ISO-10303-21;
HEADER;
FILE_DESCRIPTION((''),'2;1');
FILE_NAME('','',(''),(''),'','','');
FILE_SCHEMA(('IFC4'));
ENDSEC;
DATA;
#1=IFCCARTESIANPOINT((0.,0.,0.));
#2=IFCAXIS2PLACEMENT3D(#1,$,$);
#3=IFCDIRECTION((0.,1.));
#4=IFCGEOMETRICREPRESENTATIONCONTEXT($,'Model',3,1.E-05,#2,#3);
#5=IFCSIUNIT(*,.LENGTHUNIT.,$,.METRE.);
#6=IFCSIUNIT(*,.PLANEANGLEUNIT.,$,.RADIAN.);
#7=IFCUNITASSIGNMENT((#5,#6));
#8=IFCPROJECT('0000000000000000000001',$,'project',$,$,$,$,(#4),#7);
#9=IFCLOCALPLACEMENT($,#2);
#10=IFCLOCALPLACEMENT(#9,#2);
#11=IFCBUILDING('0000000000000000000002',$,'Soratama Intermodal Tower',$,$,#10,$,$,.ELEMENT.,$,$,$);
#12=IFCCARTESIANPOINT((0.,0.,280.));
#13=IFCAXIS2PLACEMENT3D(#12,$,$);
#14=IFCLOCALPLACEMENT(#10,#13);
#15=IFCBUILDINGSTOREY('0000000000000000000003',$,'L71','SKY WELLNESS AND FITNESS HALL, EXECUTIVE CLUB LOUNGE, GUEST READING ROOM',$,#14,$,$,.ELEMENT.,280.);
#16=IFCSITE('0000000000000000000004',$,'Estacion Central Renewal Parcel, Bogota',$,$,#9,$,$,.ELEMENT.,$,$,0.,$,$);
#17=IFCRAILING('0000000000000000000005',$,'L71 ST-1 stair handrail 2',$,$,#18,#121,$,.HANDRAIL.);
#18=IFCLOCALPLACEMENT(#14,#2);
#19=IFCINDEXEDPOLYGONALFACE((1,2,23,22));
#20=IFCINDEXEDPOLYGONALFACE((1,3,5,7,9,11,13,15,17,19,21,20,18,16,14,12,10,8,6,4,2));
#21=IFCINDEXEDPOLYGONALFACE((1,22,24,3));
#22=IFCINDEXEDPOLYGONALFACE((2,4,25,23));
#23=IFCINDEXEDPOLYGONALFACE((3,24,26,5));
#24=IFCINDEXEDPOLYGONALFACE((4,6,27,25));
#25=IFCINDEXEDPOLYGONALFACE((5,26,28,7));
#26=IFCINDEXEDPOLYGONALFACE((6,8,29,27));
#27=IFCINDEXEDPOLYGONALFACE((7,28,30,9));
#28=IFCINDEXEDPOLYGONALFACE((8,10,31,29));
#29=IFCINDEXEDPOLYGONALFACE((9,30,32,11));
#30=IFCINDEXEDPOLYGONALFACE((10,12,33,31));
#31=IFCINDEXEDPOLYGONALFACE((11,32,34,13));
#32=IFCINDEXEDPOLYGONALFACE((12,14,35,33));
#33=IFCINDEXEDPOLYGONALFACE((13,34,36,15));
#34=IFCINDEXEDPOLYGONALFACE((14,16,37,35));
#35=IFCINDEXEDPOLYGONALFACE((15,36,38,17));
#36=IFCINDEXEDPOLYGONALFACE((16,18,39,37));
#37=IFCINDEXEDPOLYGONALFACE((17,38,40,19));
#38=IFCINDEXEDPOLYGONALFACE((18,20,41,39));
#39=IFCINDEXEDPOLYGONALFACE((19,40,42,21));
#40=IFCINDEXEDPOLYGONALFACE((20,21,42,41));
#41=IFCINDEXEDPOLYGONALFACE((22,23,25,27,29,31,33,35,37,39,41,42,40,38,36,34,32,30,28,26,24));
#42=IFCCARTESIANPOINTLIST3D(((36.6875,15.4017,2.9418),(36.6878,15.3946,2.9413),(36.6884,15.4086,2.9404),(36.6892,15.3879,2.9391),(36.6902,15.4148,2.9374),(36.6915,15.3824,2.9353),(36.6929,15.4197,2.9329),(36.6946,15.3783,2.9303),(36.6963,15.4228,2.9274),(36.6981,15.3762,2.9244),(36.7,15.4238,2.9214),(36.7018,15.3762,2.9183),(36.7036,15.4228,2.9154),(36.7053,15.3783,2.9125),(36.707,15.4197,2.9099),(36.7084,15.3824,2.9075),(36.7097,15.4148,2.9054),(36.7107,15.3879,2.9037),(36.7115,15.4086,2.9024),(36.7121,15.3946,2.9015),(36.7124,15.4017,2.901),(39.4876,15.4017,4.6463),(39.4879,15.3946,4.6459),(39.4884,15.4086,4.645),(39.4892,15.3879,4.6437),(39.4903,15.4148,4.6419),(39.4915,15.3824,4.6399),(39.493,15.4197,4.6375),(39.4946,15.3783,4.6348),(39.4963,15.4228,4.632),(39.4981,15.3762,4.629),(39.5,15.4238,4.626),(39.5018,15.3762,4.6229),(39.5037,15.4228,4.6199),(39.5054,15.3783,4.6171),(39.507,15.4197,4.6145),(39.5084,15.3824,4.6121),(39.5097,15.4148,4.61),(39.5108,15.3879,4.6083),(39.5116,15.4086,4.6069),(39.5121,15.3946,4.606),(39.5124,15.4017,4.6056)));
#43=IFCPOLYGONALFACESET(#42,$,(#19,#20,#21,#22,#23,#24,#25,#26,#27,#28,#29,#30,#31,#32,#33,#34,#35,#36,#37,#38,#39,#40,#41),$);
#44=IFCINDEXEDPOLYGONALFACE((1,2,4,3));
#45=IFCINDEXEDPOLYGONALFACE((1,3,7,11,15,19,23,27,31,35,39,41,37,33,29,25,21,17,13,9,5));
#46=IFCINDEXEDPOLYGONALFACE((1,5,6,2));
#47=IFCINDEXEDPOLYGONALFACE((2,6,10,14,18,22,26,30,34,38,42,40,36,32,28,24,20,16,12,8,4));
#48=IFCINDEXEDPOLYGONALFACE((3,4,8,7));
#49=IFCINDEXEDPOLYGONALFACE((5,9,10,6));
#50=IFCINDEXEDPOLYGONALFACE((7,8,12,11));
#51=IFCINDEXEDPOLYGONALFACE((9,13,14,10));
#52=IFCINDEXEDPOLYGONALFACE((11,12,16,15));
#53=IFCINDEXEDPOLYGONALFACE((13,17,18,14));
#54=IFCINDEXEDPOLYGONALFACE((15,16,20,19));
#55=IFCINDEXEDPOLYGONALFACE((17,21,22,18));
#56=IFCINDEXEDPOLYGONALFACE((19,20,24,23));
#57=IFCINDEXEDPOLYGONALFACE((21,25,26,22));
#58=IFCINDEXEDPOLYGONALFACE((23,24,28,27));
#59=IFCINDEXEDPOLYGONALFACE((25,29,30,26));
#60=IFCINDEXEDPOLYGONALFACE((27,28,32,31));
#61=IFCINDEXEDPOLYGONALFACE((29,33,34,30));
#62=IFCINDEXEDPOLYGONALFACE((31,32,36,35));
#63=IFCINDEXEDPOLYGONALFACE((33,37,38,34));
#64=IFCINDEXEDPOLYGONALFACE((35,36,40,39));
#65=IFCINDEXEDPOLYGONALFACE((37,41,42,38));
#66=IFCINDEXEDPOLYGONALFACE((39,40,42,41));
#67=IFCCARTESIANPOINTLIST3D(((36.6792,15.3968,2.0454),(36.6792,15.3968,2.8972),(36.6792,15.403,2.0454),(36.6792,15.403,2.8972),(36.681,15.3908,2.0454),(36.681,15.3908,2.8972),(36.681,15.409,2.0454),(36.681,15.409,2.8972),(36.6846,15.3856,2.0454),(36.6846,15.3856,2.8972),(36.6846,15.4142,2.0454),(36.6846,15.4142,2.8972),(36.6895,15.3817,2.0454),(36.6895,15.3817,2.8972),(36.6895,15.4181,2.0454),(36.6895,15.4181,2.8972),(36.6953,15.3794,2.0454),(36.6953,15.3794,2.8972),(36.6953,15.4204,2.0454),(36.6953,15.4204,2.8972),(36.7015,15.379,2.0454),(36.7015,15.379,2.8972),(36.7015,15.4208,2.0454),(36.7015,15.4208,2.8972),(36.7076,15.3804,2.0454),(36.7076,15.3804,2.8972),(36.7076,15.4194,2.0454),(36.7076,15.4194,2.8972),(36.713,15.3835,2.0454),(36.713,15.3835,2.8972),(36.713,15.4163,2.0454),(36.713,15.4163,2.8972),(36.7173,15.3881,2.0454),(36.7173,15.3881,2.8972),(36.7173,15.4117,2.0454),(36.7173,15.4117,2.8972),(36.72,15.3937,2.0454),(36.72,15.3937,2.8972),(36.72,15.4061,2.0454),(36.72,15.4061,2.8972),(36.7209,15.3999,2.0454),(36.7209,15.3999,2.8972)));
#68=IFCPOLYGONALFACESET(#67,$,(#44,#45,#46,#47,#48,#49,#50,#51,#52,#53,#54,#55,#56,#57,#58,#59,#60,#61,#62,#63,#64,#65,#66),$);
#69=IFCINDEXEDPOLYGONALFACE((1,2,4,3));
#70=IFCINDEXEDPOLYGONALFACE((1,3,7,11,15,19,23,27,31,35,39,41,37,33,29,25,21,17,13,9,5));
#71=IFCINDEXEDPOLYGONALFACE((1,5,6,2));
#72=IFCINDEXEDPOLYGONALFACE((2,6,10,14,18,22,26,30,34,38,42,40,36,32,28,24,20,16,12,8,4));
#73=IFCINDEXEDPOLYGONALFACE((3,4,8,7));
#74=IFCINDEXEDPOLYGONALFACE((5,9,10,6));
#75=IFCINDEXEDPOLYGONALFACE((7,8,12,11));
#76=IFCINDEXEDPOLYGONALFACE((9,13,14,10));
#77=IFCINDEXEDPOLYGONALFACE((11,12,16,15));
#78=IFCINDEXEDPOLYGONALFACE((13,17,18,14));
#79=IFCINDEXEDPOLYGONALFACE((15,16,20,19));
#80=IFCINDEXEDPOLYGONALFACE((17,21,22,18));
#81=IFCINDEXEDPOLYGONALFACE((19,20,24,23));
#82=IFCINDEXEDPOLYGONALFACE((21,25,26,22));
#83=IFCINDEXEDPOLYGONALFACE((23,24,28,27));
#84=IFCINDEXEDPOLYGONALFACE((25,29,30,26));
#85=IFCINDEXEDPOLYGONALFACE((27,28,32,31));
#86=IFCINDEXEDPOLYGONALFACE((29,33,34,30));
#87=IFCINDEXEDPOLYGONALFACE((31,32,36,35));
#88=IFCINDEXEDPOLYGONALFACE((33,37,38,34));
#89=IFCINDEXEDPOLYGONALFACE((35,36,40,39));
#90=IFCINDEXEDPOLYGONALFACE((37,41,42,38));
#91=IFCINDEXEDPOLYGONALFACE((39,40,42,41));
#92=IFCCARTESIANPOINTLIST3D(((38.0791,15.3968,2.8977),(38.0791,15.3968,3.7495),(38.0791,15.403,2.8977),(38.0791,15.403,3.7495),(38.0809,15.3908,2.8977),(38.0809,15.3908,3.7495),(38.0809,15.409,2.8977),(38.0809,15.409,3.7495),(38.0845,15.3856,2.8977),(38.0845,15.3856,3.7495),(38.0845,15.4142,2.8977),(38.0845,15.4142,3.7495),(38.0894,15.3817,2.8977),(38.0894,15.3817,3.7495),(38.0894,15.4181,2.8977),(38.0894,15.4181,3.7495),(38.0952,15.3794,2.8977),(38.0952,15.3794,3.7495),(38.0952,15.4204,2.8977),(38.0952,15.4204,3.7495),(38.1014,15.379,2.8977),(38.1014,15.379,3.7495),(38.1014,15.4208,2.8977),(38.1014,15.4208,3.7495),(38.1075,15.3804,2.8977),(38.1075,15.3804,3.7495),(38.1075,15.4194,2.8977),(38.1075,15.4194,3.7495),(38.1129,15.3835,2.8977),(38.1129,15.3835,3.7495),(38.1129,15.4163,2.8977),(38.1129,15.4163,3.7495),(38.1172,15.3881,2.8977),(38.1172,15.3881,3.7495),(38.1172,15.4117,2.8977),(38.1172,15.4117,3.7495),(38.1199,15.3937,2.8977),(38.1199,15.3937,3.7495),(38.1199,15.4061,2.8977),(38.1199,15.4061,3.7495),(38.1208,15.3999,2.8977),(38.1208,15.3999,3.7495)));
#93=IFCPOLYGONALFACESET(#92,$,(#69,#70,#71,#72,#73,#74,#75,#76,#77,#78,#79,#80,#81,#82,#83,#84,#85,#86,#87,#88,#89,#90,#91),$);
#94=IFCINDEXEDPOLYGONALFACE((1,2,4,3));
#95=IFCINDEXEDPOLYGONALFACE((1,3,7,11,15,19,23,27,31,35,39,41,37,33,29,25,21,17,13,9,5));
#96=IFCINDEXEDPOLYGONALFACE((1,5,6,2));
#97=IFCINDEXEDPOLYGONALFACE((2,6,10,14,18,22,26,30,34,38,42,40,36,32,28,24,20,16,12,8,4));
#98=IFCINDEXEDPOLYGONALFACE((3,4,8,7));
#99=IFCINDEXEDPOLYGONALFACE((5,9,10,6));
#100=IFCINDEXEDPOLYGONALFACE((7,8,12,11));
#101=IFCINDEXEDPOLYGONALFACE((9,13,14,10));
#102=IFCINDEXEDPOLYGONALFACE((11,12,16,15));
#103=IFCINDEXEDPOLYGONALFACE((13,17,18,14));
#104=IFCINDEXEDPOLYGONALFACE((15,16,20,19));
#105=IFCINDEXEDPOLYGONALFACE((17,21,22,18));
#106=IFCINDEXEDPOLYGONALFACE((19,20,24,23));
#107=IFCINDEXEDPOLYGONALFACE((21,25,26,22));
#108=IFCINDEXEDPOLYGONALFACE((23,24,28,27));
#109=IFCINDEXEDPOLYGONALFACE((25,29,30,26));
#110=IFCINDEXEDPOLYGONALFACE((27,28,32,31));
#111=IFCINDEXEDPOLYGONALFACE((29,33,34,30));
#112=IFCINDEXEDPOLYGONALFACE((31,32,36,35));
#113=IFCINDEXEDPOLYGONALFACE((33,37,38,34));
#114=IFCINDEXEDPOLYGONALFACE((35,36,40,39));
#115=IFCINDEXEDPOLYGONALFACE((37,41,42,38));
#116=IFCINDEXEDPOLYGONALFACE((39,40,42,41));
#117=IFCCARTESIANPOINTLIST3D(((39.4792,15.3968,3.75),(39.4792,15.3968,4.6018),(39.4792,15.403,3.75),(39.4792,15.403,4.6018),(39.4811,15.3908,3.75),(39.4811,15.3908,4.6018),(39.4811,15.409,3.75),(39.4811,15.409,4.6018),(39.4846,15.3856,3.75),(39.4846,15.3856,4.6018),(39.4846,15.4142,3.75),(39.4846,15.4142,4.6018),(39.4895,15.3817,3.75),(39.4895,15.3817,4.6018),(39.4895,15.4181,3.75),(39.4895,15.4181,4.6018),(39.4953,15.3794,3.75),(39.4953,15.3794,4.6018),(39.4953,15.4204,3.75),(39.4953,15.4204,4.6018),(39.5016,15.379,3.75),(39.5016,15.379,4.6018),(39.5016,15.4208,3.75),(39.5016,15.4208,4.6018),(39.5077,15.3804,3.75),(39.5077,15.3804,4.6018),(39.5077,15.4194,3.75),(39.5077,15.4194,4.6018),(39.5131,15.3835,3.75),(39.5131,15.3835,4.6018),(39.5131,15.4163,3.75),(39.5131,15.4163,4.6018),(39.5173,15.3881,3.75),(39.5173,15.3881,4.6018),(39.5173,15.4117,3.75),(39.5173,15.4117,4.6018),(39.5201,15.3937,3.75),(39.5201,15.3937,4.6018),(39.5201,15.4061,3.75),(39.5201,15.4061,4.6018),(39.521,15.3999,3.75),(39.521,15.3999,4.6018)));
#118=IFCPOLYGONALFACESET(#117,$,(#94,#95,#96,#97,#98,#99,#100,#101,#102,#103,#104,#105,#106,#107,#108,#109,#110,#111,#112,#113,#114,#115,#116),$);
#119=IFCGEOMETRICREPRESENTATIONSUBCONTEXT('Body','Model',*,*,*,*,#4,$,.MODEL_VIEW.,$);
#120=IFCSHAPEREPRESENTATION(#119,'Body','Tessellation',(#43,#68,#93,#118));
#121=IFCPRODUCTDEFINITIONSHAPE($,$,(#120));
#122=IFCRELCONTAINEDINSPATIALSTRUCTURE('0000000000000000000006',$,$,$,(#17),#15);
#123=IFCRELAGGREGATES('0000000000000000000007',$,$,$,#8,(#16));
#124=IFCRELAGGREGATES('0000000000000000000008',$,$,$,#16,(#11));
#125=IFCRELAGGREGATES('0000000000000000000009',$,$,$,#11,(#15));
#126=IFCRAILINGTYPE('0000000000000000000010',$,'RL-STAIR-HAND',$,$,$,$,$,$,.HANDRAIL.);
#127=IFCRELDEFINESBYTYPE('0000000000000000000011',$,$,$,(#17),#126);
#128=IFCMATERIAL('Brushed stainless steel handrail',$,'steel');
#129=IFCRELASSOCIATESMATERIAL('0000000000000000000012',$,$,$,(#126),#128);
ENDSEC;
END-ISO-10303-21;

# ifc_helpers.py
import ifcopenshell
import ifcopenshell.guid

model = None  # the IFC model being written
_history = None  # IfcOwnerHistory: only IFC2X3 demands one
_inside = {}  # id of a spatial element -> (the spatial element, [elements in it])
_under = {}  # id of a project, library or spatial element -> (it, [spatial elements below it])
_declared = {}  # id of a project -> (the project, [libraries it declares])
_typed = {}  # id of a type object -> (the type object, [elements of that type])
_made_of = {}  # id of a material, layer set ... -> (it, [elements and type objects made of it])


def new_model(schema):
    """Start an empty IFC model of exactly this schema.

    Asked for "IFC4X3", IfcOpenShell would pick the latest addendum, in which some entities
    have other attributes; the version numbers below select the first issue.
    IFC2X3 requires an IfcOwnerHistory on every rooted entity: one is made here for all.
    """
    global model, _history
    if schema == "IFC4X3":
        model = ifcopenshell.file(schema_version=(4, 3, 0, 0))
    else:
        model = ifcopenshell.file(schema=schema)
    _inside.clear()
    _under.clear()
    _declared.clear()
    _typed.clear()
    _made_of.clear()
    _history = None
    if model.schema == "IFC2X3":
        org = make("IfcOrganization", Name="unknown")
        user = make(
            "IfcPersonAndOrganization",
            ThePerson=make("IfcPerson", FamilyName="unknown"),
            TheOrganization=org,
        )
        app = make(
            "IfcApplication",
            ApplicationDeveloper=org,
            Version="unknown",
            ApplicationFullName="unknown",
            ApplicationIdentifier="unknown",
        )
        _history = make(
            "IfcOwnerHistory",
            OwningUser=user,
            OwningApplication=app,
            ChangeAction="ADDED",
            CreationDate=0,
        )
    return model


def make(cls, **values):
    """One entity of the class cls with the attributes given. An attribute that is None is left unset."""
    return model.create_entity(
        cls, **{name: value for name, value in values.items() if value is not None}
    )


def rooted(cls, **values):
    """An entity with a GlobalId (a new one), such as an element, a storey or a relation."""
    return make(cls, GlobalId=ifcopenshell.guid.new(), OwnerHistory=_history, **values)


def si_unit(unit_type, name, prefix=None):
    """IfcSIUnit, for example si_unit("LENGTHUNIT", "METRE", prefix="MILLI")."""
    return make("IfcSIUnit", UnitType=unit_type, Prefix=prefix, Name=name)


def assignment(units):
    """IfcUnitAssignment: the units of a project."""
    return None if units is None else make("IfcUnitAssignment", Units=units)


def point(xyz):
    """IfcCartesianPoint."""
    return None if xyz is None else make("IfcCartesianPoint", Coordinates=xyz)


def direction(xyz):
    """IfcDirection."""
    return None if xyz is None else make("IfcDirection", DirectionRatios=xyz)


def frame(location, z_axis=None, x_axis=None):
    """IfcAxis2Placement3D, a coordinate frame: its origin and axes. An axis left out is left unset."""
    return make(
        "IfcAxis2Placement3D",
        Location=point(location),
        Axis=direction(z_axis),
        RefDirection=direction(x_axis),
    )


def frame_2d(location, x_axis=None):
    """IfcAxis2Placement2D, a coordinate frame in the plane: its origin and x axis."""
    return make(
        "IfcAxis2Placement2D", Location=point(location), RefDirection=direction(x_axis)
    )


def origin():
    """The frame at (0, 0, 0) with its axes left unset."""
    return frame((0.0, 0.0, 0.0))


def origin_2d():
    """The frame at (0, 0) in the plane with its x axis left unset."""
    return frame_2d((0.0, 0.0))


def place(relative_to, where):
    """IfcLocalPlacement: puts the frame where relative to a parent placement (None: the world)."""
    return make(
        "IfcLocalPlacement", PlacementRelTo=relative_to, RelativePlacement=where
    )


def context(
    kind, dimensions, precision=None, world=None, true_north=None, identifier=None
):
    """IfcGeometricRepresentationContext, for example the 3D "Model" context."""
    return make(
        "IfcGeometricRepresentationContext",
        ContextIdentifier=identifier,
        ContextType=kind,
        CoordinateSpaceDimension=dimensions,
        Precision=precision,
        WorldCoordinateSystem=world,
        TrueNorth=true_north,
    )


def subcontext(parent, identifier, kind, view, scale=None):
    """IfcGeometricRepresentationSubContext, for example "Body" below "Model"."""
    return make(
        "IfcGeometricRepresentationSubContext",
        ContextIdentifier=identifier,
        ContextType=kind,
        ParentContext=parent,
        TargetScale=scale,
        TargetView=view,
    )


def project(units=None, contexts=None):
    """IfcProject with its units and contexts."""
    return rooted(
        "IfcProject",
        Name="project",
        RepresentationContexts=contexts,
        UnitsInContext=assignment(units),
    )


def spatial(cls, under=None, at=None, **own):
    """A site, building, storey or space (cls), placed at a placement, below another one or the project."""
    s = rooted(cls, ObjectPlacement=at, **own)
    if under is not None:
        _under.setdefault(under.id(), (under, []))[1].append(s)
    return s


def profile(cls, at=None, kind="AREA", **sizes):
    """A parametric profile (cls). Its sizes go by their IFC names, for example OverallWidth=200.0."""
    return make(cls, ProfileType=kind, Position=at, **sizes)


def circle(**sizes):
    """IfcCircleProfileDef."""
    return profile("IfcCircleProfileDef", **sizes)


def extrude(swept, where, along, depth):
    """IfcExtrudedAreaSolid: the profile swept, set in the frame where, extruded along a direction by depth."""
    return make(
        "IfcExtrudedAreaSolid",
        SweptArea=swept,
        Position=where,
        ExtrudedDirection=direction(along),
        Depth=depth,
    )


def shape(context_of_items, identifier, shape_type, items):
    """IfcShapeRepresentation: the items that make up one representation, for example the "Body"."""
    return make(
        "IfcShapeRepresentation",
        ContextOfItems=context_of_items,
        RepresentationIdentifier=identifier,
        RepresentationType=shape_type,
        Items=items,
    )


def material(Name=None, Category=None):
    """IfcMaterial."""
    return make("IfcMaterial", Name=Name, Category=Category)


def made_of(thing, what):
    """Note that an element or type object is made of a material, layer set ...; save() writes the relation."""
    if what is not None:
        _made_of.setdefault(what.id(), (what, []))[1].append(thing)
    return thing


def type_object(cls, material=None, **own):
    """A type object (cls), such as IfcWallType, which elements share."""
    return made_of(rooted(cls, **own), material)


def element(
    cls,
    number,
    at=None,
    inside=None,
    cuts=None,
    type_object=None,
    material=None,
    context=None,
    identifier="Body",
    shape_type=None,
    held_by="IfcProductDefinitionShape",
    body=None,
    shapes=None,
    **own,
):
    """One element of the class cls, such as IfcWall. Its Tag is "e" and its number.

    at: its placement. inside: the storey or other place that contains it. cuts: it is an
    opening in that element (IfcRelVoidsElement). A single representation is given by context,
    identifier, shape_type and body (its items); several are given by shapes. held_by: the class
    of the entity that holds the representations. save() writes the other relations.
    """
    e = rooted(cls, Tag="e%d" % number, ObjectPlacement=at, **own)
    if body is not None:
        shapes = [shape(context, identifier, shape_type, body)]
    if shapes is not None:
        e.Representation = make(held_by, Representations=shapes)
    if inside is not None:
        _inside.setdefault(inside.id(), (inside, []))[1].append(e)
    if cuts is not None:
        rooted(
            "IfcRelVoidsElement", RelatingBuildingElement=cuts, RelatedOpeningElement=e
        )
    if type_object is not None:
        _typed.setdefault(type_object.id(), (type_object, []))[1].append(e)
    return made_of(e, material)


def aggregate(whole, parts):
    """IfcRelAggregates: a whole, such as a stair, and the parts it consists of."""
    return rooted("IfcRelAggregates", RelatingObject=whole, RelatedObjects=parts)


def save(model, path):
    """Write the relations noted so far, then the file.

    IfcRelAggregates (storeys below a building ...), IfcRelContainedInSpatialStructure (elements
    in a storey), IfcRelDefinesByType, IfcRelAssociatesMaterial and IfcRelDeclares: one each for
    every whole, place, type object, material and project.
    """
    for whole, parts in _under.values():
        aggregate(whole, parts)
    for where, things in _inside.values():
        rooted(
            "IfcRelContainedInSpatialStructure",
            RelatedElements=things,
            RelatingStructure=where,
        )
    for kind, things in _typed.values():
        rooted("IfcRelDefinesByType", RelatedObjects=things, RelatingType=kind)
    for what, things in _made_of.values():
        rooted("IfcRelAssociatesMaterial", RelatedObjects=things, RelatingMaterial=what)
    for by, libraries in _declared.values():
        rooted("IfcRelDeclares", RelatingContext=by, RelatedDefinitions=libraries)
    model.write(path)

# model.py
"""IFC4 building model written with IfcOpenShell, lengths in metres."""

from ifc_helpers import new_model, si_unit, direction, frame, origin, origin_2d, place, context, subcontext, project, spatial, circle, extrude, material, type_object, element, save


model = new_model("IFC4")

# Units and contexts
model_context = context("Model", 3, precision=1e-05, world=origin(), true_north=direction((0.0, 1.0)))
body_context = subcontext(model_context, "Body", "Model", "MODEL_VIEW")
ifc_project = project(units=[si_unit("LENGTHUNIT", "METRE"), si_unit("PLANEANGLEUNIT", "RADIAN")], contexts=[model_context])

# Site, building, storey
site_placement = place(None, origin())
site = spatial("IfcSite", under=ifc_project, at=site_placement, Name="Estacion Central Renewal Parcel, Bogota", CompositionType="ELEMENT", RefElevation=0.0)
building_placement = place(site_placement, origin())
building = spatial("IfcBuilding", under=site, at=building_placement, Name="Soratama Intermodal Tower", CompositionType="ELEMENT")
storey_placement = place(building_placement, frame((0.0, 0.0, 280.0)))
storey = spatial("IfcBuildingStorey", under=building, at=storey_placement, Name="L71", Description="SKY WELLNESS AND FITNESS HALL, EXECUTIVE CLUB LOUNGE, GUEST READING ROOM", CompositionType="ELEMENT", Elevation=280.0)

# Railing
ifc_material_1 = material(Name="Brushed stainless steel handrail", Category="steel")
railing_type_1 = type_object("IfcRailingType", Name="RL-STAIR-HAND", PredefinedType="HANDRAIL", material=ifc_material_1)
railing_1_placement = place(storey_placement, frame((36.7, 15.3999, 2.0454)))
element("IfcRailing", 1, at=railing_1_placement, inside=storey, type_object=railing_type_1, Name="L71 ST-1 stair handrail 2", PredefinedType="HANDRAIL", context=body_context, shape_type="SweptSolid", body=[
    extrude(circle(Radius=0.0239, at=origin_2d()), frame((0.0, 0.0, 0.876), z_axis=(0.85417, 0.0, 0.519994), x_axis=(0.0, 1.0, 0.0)), (0.0, 0.0, 1.0), 3.2781),
    extrude(circle(Radius=0.021, at=origin_2d()), origin(), (0.0, 0.0, 1.0), 0.8518),
    extrude(circle(Radius=0.021, at=origin_2d()), frame((1.3999, 0.0, 0.8523)), (0.0, 0.0, 1.0), 0.8518),
    extrude(circle(Radius=0.021, at=origin_2d()), frame((2.8, 0.0, 1.7046)), (0.0, 0.0, 1.0), 0.8518),
])

save(model, "model.ifc")
